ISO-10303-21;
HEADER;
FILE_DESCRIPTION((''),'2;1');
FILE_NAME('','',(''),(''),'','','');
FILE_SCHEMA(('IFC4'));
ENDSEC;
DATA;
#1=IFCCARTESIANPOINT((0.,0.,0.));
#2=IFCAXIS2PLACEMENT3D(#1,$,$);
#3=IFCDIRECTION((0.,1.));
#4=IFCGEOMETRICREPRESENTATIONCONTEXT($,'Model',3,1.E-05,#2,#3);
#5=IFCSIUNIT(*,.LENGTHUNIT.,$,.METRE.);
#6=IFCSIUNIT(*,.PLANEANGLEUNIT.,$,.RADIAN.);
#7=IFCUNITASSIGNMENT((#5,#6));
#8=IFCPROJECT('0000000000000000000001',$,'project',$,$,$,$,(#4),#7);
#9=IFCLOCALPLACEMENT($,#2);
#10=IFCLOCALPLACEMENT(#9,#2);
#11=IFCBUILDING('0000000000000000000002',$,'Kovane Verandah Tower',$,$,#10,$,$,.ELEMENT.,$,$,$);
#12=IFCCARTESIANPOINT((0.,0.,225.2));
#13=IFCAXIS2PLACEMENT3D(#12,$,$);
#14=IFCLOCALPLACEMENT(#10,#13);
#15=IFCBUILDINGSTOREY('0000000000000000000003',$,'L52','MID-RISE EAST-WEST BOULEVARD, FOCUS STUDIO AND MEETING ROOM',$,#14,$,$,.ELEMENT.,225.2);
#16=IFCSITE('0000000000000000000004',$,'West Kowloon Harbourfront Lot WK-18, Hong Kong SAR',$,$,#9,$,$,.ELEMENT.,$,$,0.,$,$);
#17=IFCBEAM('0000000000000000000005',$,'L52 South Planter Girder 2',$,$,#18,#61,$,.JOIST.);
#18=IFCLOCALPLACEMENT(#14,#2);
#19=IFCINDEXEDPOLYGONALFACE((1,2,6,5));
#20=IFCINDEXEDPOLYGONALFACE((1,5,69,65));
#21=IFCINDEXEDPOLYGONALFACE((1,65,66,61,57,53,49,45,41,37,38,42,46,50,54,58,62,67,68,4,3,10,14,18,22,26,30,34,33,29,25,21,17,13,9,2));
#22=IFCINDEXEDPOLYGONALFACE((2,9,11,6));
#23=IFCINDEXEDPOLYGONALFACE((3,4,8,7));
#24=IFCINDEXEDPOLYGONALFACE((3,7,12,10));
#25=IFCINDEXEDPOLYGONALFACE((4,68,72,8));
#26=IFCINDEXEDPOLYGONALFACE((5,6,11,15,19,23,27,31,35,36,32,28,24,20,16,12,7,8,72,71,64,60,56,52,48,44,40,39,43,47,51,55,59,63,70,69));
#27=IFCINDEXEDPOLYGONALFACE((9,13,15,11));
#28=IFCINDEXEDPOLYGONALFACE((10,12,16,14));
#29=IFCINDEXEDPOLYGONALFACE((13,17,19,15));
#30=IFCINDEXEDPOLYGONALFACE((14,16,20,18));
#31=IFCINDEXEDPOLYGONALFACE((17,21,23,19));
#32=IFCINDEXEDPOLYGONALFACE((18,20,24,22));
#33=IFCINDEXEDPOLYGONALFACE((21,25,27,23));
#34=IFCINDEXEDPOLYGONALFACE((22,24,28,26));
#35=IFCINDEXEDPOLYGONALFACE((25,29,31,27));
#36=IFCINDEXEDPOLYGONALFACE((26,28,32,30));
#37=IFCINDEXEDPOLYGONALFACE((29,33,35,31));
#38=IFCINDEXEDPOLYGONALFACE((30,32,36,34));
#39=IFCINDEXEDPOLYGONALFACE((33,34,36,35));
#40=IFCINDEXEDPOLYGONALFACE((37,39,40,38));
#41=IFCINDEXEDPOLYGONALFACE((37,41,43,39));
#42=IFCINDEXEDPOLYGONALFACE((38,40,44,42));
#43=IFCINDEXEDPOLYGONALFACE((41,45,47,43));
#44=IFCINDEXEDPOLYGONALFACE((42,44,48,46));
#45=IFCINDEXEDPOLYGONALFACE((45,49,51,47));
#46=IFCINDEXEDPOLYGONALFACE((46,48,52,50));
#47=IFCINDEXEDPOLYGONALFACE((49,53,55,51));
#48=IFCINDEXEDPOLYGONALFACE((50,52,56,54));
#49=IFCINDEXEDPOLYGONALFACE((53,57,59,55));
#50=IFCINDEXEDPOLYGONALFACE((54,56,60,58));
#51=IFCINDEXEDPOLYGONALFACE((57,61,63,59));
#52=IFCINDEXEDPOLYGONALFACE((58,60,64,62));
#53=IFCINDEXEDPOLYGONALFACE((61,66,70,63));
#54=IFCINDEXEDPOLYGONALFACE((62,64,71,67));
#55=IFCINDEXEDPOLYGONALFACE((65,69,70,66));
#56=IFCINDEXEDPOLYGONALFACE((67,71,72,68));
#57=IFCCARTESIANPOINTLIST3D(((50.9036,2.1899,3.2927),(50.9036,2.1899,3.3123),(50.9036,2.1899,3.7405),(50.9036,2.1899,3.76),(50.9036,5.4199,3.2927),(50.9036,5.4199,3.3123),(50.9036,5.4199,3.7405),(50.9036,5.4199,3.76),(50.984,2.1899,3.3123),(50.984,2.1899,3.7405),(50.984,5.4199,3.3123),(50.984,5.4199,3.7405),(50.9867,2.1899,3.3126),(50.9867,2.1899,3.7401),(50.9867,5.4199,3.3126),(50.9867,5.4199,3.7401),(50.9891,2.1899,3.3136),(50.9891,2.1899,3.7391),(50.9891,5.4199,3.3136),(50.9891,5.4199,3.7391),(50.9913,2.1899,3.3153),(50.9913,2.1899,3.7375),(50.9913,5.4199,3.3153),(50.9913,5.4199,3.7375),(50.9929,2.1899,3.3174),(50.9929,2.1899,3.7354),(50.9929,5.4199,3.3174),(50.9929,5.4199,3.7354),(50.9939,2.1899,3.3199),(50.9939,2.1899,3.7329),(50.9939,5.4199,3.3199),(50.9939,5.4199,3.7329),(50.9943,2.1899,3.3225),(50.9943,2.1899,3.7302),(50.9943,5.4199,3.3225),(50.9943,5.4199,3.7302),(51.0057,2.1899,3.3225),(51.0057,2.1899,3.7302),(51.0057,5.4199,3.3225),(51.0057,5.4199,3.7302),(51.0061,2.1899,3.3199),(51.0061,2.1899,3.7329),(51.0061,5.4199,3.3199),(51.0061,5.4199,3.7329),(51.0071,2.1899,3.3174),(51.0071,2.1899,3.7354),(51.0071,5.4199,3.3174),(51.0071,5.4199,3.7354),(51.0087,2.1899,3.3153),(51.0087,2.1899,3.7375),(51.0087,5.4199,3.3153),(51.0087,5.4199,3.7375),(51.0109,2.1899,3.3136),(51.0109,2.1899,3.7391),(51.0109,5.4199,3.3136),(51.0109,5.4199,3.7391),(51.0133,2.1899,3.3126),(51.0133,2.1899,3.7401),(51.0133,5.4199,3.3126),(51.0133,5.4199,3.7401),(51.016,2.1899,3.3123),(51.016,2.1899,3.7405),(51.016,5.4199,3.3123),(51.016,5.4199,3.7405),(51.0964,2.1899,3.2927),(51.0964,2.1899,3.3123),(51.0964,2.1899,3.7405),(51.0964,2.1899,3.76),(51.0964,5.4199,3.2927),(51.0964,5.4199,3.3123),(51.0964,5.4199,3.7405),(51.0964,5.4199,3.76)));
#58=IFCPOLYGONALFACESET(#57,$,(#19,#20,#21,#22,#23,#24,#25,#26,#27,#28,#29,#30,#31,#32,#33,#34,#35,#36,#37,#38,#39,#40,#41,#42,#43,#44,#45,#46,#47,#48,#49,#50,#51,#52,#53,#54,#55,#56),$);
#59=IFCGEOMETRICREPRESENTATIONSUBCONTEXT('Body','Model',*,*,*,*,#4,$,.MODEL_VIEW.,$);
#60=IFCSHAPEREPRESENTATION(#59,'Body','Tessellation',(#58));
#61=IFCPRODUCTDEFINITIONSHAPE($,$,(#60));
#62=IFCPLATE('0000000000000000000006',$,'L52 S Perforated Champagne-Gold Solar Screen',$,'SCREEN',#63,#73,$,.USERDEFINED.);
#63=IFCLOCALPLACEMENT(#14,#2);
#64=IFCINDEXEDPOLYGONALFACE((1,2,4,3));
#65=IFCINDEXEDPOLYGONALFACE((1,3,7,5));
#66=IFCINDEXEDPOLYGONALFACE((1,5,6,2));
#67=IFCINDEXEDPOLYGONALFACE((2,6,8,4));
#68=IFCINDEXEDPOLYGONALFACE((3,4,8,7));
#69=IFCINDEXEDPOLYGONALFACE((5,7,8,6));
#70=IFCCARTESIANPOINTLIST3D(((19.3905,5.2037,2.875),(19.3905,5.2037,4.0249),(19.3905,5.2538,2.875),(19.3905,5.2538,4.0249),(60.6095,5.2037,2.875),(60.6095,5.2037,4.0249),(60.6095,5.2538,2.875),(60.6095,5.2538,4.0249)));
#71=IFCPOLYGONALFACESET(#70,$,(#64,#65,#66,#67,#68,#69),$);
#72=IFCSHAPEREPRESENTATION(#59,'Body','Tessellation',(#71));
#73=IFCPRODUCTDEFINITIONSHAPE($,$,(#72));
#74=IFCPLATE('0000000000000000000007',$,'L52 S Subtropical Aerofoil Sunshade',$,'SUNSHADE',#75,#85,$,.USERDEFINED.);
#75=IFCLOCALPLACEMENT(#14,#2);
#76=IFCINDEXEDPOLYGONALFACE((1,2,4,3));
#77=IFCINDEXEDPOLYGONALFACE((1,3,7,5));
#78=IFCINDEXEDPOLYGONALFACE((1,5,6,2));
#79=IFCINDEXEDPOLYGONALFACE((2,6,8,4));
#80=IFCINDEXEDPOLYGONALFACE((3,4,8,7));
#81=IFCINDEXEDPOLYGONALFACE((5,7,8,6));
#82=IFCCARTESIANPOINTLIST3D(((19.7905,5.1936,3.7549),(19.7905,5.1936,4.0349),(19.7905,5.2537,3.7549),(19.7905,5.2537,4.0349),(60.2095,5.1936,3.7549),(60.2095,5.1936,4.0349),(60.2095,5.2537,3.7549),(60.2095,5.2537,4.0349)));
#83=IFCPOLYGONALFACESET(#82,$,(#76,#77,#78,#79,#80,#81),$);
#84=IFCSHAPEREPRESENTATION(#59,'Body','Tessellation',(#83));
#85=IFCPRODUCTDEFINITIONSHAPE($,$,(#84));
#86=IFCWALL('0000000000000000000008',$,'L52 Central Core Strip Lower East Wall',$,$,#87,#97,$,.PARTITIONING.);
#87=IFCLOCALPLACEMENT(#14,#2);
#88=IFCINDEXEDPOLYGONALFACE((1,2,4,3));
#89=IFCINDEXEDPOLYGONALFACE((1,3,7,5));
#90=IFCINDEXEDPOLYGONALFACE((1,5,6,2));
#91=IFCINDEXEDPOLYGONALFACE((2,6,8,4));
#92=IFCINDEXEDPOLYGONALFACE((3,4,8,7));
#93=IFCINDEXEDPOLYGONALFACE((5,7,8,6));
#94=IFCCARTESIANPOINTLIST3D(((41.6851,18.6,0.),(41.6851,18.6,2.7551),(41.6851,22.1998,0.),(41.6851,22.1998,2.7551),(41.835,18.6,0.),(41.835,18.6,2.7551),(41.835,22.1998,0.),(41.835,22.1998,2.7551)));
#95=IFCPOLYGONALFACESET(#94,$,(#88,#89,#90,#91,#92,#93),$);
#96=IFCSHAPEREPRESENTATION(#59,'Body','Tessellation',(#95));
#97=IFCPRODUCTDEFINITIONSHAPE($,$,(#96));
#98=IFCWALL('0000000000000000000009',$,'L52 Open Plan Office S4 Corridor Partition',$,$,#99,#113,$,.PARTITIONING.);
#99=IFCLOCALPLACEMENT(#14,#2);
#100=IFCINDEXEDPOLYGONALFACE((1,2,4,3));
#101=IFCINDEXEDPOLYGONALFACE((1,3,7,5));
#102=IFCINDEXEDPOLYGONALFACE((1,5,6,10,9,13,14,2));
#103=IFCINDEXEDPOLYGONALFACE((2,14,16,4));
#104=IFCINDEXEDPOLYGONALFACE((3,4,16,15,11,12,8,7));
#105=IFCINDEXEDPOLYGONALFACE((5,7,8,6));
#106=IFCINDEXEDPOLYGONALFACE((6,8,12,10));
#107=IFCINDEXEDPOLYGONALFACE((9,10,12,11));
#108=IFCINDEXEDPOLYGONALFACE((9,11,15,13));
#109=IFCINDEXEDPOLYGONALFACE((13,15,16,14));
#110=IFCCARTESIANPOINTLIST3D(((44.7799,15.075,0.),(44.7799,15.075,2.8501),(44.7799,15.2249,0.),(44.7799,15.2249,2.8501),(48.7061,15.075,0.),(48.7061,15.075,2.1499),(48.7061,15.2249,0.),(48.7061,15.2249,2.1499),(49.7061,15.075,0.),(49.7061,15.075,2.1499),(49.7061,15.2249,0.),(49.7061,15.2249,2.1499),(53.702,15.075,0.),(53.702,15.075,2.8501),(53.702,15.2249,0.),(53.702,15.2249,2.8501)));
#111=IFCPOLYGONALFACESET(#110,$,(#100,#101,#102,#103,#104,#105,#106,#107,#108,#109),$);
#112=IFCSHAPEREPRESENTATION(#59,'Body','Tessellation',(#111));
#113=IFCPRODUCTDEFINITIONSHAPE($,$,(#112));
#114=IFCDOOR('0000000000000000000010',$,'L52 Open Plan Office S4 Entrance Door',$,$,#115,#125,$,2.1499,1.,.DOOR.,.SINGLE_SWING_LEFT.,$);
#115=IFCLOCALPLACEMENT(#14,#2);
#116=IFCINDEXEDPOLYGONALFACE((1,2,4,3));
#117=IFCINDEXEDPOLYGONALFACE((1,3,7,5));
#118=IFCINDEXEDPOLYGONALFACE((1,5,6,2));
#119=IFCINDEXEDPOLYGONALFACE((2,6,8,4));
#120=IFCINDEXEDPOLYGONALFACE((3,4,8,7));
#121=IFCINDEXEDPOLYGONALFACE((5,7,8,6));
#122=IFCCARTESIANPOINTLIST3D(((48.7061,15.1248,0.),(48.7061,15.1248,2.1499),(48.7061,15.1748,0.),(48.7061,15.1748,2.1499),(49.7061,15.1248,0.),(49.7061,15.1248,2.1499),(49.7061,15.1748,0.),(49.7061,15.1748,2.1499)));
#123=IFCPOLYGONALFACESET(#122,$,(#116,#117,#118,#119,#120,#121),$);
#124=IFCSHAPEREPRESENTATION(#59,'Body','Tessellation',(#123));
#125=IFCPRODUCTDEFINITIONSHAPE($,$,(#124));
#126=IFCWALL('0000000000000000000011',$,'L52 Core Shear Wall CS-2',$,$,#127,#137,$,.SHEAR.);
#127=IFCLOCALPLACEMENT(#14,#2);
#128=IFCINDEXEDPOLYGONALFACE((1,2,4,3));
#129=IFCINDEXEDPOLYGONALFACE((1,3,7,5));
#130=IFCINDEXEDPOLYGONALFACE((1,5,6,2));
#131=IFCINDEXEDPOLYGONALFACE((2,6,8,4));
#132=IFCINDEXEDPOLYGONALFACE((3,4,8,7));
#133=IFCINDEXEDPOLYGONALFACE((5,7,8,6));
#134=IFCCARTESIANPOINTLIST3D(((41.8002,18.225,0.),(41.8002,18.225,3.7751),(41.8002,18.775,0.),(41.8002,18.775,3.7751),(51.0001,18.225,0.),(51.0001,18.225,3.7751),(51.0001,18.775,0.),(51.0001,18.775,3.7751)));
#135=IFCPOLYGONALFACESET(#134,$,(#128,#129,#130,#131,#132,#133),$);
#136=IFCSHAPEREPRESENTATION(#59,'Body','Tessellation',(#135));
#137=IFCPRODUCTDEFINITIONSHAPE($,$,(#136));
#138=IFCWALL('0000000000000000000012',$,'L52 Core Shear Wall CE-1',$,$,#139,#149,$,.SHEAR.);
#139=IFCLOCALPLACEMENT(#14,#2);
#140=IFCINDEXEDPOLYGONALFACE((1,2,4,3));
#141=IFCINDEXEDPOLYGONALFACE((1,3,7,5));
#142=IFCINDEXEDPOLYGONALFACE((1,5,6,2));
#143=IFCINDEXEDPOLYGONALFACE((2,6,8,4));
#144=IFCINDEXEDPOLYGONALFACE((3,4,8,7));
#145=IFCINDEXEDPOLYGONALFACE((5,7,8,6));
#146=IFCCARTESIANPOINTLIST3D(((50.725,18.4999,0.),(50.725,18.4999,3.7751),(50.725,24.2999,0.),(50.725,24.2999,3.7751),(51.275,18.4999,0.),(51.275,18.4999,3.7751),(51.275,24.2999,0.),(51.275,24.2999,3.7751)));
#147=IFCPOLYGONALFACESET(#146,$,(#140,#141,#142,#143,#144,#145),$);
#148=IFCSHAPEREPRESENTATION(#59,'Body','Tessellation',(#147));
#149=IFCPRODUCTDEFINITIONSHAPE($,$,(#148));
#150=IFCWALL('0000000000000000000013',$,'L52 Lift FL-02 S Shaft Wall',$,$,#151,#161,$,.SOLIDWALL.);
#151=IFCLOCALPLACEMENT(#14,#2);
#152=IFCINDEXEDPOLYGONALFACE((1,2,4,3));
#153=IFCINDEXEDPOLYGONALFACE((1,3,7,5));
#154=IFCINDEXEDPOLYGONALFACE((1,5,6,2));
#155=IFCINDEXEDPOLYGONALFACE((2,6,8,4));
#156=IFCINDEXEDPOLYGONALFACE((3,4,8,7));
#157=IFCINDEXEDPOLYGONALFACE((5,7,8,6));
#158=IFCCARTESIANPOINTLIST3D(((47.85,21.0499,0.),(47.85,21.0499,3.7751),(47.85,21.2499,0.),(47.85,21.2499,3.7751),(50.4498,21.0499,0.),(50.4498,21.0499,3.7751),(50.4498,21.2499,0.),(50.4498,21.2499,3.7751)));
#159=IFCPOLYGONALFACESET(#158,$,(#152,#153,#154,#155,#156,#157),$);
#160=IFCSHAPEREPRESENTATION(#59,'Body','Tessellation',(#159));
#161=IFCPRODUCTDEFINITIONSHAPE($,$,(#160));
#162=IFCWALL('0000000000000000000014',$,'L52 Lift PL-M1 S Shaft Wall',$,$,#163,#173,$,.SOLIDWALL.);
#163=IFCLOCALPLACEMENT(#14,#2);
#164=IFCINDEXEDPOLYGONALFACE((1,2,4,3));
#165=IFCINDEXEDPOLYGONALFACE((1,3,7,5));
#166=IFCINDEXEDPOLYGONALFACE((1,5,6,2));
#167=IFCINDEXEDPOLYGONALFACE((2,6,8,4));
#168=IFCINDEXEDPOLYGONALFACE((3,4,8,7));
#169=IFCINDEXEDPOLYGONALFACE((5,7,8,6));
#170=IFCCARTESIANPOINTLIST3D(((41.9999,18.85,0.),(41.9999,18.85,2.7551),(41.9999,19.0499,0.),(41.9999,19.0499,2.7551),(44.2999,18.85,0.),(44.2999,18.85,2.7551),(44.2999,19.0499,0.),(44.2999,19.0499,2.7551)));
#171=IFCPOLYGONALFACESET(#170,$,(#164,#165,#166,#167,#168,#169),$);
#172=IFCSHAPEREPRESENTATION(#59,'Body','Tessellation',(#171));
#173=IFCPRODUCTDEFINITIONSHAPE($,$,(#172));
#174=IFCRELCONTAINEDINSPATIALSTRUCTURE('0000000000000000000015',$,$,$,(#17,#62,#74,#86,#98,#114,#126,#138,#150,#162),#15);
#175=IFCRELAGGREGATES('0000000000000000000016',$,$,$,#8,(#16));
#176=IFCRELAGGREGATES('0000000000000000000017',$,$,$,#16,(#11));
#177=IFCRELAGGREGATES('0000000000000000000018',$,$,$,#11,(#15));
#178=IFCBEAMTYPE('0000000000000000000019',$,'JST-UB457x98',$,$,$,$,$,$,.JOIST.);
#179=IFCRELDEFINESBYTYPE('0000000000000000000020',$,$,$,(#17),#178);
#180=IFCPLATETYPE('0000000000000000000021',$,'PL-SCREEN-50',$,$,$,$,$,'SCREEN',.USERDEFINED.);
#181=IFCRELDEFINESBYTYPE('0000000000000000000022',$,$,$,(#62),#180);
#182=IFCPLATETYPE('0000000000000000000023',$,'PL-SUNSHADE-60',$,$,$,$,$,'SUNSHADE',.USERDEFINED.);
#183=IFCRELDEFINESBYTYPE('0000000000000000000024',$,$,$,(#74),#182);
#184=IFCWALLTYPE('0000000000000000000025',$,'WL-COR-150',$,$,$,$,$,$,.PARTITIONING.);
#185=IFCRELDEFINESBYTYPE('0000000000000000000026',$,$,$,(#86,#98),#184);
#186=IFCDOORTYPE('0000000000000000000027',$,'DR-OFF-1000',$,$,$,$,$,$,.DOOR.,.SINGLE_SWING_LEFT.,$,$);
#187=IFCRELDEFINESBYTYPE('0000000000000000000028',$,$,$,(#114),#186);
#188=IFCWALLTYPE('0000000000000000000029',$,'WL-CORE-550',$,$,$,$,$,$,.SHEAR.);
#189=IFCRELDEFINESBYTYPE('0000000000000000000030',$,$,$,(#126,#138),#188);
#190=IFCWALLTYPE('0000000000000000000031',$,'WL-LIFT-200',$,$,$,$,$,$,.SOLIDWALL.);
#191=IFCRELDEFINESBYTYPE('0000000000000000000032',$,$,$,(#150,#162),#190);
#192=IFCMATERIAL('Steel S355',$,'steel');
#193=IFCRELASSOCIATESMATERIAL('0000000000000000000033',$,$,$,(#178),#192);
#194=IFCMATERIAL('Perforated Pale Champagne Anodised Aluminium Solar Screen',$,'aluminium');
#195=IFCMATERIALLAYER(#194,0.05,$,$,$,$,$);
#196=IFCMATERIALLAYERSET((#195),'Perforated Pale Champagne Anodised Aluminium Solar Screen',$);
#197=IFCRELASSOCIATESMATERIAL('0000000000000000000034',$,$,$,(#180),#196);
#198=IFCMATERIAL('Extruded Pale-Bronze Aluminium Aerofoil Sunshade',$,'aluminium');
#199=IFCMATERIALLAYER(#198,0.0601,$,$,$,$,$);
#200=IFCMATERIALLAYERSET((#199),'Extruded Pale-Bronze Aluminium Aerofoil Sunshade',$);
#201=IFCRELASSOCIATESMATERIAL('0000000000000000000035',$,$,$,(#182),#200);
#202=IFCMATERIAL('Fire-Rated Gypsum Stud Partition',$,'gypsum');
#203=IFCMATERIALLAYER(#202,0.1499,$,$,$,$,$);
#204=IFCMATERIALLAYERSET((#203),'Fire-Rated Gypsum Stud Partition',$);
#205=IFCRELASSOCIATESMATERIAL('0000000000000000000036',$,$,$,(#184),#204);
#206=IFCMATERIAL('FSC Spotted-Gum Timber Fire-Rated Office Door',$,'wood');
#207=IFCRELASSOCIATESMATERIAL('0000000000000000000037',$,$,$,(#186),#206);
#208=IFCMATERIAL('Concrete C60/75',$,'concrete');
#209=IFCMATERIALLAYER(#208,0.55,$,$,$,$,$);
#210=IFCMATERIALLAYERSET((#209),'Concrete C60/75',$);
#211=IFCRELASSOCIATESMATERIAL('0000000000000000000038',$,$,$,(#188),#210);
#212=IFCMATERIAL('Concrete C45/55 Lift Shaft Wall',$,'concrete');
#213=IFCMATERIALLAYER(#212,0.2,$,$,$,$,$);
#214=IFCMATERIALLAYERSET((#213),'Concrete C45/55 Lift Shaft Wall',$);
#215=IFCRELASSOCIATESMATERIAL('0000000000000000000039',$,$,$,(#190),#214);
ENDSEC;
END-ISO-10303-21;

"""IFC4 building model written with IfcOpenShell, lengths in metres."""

from ifc_helpers import new_model, si_unit, direction, frame, frame_2d, origin, origin_2d, place, context, subcontext, project, spatial, rectangle, i_section, extrude, material, layer, layer_set, material_profile, profile_set, type_object, element, fill, save


model = new_model("IFC4")

# Units and contexts
model_context = context("Model", 3, precision=1e-05, world=origin(), true_north=direction((0.0, 1.0)))
body_context = subcontext(model_context, "Body", "Model", "MODEL_VIEW")
ifc_project = project(units=[si_unit("LENGTHUNIT", "METRE"), si_unit("PLANEANGLEUNIT", "RADIAN")], contexts=[model_context])

# Site, building, storey
site_placement = place(None, origin())
site = spatial("IfcSite", under=ifc_project, at=site_placement, Name="West Kowloon Harbourfront Lot WK-18, Hong Kong SAR", CompositionType="ELEMENT", RefElevation=0.0)
building_placement = place(site_placement, origin())
building = spatial("IfcBuilding", under=site, at=building_placement, Name="Kovane Verandah Tower", CompositionType="ELEMENT")
storey_placement = place(building_placement, frame((0.0, 0.0, 225.2)))
storey = spatial("IfcBuildingStorey", under=building, at=storey_placement, Name="L52", Description="MID-RISE EAST-WEST BOULEVARD, FOCUS STUDIO AND MEETING ROOM", CompositionType="ELEMENT", Elevation=225.2)

# Shared definitions
ifc_material_1 = material(Name="Concrete C60/75", Category="concrete")

# Beam
ifc_material_2 = material(Name="Steel S355", Category="steel")
ifc_material_profile_1 = material_profile(ifc_material_2, i_section(OverallWidth=0.1929, OverallDepth=0.4673, WebThickness=0.0115, FlangeThickness=0.0195, FilletRadius=0.0103, at=origin_2d()), Name="UB457x191x98")
ifc_profile_set_1 = profile_set([ifc_material_profile_1], Name="Steel S355")
beam_type_1 = type_object("IfcBeamType", Name="JST-UB457x98", PredefinedType="JOIST", material=ifc_profile_set_1)
beam_1_placement = place(storey_placement, frame((51.0, 5.4199, 3.5264), z_axis=(0.0, -1.0, 0.0), x_axis=(1.0, 0.0, 0.0)))
element("IfcBeam", 1, at=beam_1_placement, inside=storey, type_object=beam_type_1, Name="L52 South Planter Girder 2", PredefinedType="JOIST", context=body_context, shape_type="SweptSolid", body=[
    extrude(i_section(OverallWidth=0.1929, OverallDepth=0.4673, WebThickness=0.0115, FlangeThickness=0.0195, FilletRadius=0.0103, at=origin_2d()), origin(), (0.0, 0.0, 1.0), 3.23),
])

# Plates
ifc_material_3 = material(Name="Perforated Pale Champagne Anodised Aluminium Solar Screen", Category="aluminium")
ifc_layer_1 = layer(ifc_material_3, 0.05)
ifc_layer_set_1 = layer_set([ifc_layer_1], Name="Perforated Pale Champagne Anodised Aluminium Solar Screen")
plate_type_1 = type_object("IfcPlateType", Name="PL-SCREEN-50", ElementType="SCREEN", PredefinedType="USERDEFINED", material=ifc_layer_set_1)
plate_1_placement = place(storey_placement, frame((40.0, 5.2288, 2.875), z_axis=(0.0, 0.0, 1.0), x_axis=(1.0, 0.0, 0.0)))
element("IfcPlate", 2, at=plate_1_placement, inside=storey, type_object=plate_type_1, Name="L52 S Perforated Champagne-Gold Solar Screen", ObjectType="SCREEN", PredefinedType="USERDEFINED", context=body_context, shape_type="SweptSolid", body=[
    extrude(rectangle(XDim=41.219, YDim=0.05, at=origin_2d()), origin(), (0.0, 0.0, 1.0), 1.1499),
])
ifc_material_4 = material(Name="Extruded Pale-Bronze Aluminium Aerofoil Sunshade", Category="aluminium")
ifc_layer_2 = layer(ifc_material_4, 0.0601)
ifc_layer_set_2 = layer_set([ifc_layer_2], Name="Extruded Pale-Bronze Aluminium Aerofoil Sunshade")
plate_type_2 = type_object("IfcPlateType", Name="PL-SUNSHADE-60", ElementType="SUNSHADE", PredefinedType="USERDEFINED", material=ifc_layer_set_2)
plate_2_placement = place(storey_placement, frame((40.0, 5.2236, 3.7549), z_axis=(0.0, 0.0, 1.0), x_axis=(1.0, 0.0, 0.0)))
element("IfcPlate", 3, at=plate_2_placement, inside=storey, type_object=plate_type_2, Name="L52 S Subtropical Aerofoil Sunshade", ObjectType="SUNSHADE", PredefinedType="USERDEFINED", context=body_context, shape_type="SweptSolid", body=[
    extrude(rectangle(XDim=40.4189, YDim=0.0601, at=origin_2d()), origin(), (0.0, 0.0, 1.0), 0.28),
])

# Wall
ifc_material_5 = material(Name="Fire-Rated Gypsum Stud Partition", Category="gypsum")
ifc_layer_3 = layer(ifc_material_5, 0.1499)
ifc_layer_set_3 = layer_set([ifc_layer_3], Name="Fire-Rated Gypsum Stud Partition")
wall_type_1 = type_object("IfcWallType", Name="WL-COR-150", PredefinedType="PARTITIONING", material=ifc_layer_set_3)
wall_1_placement = place(storey_placement, frame((41.76, 18.6001, 0.0), z_axis=(0.0, 0.0, 1.0), x_axis=(0.0, 1.0, 0.0)))
element("IfcWall", 4, at=wall_1_placement, inside=storey, type_object=wall_type_1, Name="L52 Central Core Strip Lower East Wall", PredefinedType="PARTITIONING", context=body_context, shape_type="SweptSolid", body=[
    extrude(rectangle(XDim=3.5999, YDim=0.1499, at=frame_2d((1.7998, 0.0))), origin(), (0.0, 0.0, 1.0), 2.7551),
])

# Wall, opening, door
wall_2_placement = place(storey_placement, frame((44.78, 15.1499, 0.0), z_axis=(0.0, 0.0, 1.0), x_axis=(1.0, 0.0, 0.0)))
wall_2 = element("IfcWall", 5, at=wall_2_placement, inside=storey, type_object=wall_type_1, Name="L52 Open Plan Office S4 Corridor Partition", PredefinedType="PARTITIONING", context=body_context, shape_type="SweptSolid", body=[
    extrude(rectangle(XDim=8.9221, YDim=0.1499, at=frame_2d((4.4609, 0.0))), origin(), (0.0, 0.0, 1.0), 2.8501),
])
opening_1_placement = place(wall_2_placement, frame((3.926, 0.0, 0.0)))
opening_1 = element("IfcOpeningElement", 6, at=opening_1_placement, cuts=wall_2, PredefinedType="OPENING", context=body_context, shape_type="SweptSolid", body=[
    extrude(rectangle(XDim=1.0, YDim=2.1499, at=frame_2d((0.5, 1.075))), frame((0.0, 0.075, 0.0), z_axis=(0.0, -1.0, 0.0), x_axis=(1.0, 0.0, 0.0)), (0.0, 0.0, 1.0), 0.1499),
])
ifc_material_6 = material(Name="FSC Spotted-Gum Timber Fire-Rated Office Door", Category="wood")
door_type_1 = type_object("IfcDoorType", Name="DR-OFF-1000", OperationType="SINGLE_SWING_LEFT", PredefinedType="DOOR", material=ifc_material_6)
door_1_placement = place(opening_1_placement, origin())
door_1 = element("IfcDoor", 7, at=door_1_placement, inside=storey, type_object=door_type_1, Name="L52 Open Plan Office S4 Entrance Door", OperationType="SINGLE_SWING_LEFT", OverallHeight=2.1499, OverallWidth=1.0, PredefinedType="DOOR", context=body_context, shape_type="SweptSolid", body=[
    extrude(rectangle(XDim=1.0, YDim=2.1499, at=frame_2d((0.5, 1.075))), frame((0.0, 0.0249, 0.0), z_axis=(0.0, -1.0, 0.0), x_axis=(1.0, 0.0, 0.0)), (0.0, 0.0, 1.0), 0.05),
])
fill(opening_1, door_1)

# Walls
ifc_layer_4 = layer(ifc_material_1, 0.55)
ifc_layer_set_4 = layer_set([ifc_layer_4], Name="Concrete C60/75")
wall_type_2 = type_object("IfcWallType", Name="WL-CORE-550", PredefinedType="SHEAR", material=ifc_layer_set_4)
wall_3_placement = place(storey_placement, frame((41.8, 18.5, 0.0), z_axis=(0.0, 0.0, 1.0), x_axis=(1.0, 0.0, 0.0)))
element("IfcWall", 8, at=wall_3_placement, inside=storey, type_object=wall_type_2, Name="L52 Core Shear Wall CS-2", PredefinedType="SHEAR", context=body_context, shape_type="SweptSolid", body=[
    extrude(rectangle(XDim=9.2, YDim=0.55, at=frame_2d((4.6001, 0.0))), origin(), (0.0, 0.0, 1.0), 3.7751),
])
wall_4_placement = place(storey_placement, frame((51.0, 18.5, 0.0), z_axis=(0.0, 0.0, 1.0), x_axis=(0.0, 1.0, 0.0)))
element("IfcWall", 9, at=wall_4_placement, inside=storey, type_object=wall_type_2, Name="L52 Core Shear Wall CE-1", PredefinedType="SHEAR", context=body_context, shape_type="SweptSolid", body=[
    extrude(rectangle(XDim=5.8, YDim=0.55, at=frame_2d((2.8999, 0.0))), origin(), (0.0, 0.0, 1.0), 3.7751),
])
ifc_material_7 = material(Name="Concrete C45/55 Lift Shaft Wall", Category="concrete")
ifc_layer_5 = layer(ifc_material_7, 0.2)
ifc_layer_set_5 = layer_set([ifc_layer_5], Name="Concrete C45/55 Lift Shaft Wall")
wall_type_3 = type_object("IfcWallType", Name="WL-LIFT-200", PredefinedType="SOLIDWALL", material=ifc_layer_set_5)
wall_5_placement = place(storey_placement, frame((47.8501, 21.1499, 0.0), z_axis=(0.0, 0.0, 1.0), x_axis=(1.0, 0.0, 0.0)))
element("IfcWall", 10, at=wall_5_placement, inside=storey, type_object=wall_type_3, Name="L52 Lift FL-02 S Shaft Wall", PredefinedType="SOLIDWALL", context=body_context, shape_type="SweptSolid", body=[
    extrude(rectangle(XDim=2.5999, YDim=0.2, at=frame_2d((1.2998, 0.0))), origin(), (0.0, 0.0, 1.0), 3.7751),
])
wall_6_placement = place(storey_placement, frame((42.0, 18.95, 0.0), z_axis=(0.0, 0.0, 1.0), x_axis=(1.0, 0.0, 0.0)))
element("IfcWall", 11, at=wall_6_placement, inside=storey, type_object=wall_type_3, Name="L52 Lift PL-M1 S Shaft Wall", PredefinedType="SOLIDWALL", context=body_context, shape_type="SweptSolid", body=[
    extrude(rectangle(XDim=2.3, YDim=0.2, at=frame_2d((1.1499, 0.0))), origin(), (0.0, 0.0, 1.0), 2.7551),
])

save(model, "model.ifc")
